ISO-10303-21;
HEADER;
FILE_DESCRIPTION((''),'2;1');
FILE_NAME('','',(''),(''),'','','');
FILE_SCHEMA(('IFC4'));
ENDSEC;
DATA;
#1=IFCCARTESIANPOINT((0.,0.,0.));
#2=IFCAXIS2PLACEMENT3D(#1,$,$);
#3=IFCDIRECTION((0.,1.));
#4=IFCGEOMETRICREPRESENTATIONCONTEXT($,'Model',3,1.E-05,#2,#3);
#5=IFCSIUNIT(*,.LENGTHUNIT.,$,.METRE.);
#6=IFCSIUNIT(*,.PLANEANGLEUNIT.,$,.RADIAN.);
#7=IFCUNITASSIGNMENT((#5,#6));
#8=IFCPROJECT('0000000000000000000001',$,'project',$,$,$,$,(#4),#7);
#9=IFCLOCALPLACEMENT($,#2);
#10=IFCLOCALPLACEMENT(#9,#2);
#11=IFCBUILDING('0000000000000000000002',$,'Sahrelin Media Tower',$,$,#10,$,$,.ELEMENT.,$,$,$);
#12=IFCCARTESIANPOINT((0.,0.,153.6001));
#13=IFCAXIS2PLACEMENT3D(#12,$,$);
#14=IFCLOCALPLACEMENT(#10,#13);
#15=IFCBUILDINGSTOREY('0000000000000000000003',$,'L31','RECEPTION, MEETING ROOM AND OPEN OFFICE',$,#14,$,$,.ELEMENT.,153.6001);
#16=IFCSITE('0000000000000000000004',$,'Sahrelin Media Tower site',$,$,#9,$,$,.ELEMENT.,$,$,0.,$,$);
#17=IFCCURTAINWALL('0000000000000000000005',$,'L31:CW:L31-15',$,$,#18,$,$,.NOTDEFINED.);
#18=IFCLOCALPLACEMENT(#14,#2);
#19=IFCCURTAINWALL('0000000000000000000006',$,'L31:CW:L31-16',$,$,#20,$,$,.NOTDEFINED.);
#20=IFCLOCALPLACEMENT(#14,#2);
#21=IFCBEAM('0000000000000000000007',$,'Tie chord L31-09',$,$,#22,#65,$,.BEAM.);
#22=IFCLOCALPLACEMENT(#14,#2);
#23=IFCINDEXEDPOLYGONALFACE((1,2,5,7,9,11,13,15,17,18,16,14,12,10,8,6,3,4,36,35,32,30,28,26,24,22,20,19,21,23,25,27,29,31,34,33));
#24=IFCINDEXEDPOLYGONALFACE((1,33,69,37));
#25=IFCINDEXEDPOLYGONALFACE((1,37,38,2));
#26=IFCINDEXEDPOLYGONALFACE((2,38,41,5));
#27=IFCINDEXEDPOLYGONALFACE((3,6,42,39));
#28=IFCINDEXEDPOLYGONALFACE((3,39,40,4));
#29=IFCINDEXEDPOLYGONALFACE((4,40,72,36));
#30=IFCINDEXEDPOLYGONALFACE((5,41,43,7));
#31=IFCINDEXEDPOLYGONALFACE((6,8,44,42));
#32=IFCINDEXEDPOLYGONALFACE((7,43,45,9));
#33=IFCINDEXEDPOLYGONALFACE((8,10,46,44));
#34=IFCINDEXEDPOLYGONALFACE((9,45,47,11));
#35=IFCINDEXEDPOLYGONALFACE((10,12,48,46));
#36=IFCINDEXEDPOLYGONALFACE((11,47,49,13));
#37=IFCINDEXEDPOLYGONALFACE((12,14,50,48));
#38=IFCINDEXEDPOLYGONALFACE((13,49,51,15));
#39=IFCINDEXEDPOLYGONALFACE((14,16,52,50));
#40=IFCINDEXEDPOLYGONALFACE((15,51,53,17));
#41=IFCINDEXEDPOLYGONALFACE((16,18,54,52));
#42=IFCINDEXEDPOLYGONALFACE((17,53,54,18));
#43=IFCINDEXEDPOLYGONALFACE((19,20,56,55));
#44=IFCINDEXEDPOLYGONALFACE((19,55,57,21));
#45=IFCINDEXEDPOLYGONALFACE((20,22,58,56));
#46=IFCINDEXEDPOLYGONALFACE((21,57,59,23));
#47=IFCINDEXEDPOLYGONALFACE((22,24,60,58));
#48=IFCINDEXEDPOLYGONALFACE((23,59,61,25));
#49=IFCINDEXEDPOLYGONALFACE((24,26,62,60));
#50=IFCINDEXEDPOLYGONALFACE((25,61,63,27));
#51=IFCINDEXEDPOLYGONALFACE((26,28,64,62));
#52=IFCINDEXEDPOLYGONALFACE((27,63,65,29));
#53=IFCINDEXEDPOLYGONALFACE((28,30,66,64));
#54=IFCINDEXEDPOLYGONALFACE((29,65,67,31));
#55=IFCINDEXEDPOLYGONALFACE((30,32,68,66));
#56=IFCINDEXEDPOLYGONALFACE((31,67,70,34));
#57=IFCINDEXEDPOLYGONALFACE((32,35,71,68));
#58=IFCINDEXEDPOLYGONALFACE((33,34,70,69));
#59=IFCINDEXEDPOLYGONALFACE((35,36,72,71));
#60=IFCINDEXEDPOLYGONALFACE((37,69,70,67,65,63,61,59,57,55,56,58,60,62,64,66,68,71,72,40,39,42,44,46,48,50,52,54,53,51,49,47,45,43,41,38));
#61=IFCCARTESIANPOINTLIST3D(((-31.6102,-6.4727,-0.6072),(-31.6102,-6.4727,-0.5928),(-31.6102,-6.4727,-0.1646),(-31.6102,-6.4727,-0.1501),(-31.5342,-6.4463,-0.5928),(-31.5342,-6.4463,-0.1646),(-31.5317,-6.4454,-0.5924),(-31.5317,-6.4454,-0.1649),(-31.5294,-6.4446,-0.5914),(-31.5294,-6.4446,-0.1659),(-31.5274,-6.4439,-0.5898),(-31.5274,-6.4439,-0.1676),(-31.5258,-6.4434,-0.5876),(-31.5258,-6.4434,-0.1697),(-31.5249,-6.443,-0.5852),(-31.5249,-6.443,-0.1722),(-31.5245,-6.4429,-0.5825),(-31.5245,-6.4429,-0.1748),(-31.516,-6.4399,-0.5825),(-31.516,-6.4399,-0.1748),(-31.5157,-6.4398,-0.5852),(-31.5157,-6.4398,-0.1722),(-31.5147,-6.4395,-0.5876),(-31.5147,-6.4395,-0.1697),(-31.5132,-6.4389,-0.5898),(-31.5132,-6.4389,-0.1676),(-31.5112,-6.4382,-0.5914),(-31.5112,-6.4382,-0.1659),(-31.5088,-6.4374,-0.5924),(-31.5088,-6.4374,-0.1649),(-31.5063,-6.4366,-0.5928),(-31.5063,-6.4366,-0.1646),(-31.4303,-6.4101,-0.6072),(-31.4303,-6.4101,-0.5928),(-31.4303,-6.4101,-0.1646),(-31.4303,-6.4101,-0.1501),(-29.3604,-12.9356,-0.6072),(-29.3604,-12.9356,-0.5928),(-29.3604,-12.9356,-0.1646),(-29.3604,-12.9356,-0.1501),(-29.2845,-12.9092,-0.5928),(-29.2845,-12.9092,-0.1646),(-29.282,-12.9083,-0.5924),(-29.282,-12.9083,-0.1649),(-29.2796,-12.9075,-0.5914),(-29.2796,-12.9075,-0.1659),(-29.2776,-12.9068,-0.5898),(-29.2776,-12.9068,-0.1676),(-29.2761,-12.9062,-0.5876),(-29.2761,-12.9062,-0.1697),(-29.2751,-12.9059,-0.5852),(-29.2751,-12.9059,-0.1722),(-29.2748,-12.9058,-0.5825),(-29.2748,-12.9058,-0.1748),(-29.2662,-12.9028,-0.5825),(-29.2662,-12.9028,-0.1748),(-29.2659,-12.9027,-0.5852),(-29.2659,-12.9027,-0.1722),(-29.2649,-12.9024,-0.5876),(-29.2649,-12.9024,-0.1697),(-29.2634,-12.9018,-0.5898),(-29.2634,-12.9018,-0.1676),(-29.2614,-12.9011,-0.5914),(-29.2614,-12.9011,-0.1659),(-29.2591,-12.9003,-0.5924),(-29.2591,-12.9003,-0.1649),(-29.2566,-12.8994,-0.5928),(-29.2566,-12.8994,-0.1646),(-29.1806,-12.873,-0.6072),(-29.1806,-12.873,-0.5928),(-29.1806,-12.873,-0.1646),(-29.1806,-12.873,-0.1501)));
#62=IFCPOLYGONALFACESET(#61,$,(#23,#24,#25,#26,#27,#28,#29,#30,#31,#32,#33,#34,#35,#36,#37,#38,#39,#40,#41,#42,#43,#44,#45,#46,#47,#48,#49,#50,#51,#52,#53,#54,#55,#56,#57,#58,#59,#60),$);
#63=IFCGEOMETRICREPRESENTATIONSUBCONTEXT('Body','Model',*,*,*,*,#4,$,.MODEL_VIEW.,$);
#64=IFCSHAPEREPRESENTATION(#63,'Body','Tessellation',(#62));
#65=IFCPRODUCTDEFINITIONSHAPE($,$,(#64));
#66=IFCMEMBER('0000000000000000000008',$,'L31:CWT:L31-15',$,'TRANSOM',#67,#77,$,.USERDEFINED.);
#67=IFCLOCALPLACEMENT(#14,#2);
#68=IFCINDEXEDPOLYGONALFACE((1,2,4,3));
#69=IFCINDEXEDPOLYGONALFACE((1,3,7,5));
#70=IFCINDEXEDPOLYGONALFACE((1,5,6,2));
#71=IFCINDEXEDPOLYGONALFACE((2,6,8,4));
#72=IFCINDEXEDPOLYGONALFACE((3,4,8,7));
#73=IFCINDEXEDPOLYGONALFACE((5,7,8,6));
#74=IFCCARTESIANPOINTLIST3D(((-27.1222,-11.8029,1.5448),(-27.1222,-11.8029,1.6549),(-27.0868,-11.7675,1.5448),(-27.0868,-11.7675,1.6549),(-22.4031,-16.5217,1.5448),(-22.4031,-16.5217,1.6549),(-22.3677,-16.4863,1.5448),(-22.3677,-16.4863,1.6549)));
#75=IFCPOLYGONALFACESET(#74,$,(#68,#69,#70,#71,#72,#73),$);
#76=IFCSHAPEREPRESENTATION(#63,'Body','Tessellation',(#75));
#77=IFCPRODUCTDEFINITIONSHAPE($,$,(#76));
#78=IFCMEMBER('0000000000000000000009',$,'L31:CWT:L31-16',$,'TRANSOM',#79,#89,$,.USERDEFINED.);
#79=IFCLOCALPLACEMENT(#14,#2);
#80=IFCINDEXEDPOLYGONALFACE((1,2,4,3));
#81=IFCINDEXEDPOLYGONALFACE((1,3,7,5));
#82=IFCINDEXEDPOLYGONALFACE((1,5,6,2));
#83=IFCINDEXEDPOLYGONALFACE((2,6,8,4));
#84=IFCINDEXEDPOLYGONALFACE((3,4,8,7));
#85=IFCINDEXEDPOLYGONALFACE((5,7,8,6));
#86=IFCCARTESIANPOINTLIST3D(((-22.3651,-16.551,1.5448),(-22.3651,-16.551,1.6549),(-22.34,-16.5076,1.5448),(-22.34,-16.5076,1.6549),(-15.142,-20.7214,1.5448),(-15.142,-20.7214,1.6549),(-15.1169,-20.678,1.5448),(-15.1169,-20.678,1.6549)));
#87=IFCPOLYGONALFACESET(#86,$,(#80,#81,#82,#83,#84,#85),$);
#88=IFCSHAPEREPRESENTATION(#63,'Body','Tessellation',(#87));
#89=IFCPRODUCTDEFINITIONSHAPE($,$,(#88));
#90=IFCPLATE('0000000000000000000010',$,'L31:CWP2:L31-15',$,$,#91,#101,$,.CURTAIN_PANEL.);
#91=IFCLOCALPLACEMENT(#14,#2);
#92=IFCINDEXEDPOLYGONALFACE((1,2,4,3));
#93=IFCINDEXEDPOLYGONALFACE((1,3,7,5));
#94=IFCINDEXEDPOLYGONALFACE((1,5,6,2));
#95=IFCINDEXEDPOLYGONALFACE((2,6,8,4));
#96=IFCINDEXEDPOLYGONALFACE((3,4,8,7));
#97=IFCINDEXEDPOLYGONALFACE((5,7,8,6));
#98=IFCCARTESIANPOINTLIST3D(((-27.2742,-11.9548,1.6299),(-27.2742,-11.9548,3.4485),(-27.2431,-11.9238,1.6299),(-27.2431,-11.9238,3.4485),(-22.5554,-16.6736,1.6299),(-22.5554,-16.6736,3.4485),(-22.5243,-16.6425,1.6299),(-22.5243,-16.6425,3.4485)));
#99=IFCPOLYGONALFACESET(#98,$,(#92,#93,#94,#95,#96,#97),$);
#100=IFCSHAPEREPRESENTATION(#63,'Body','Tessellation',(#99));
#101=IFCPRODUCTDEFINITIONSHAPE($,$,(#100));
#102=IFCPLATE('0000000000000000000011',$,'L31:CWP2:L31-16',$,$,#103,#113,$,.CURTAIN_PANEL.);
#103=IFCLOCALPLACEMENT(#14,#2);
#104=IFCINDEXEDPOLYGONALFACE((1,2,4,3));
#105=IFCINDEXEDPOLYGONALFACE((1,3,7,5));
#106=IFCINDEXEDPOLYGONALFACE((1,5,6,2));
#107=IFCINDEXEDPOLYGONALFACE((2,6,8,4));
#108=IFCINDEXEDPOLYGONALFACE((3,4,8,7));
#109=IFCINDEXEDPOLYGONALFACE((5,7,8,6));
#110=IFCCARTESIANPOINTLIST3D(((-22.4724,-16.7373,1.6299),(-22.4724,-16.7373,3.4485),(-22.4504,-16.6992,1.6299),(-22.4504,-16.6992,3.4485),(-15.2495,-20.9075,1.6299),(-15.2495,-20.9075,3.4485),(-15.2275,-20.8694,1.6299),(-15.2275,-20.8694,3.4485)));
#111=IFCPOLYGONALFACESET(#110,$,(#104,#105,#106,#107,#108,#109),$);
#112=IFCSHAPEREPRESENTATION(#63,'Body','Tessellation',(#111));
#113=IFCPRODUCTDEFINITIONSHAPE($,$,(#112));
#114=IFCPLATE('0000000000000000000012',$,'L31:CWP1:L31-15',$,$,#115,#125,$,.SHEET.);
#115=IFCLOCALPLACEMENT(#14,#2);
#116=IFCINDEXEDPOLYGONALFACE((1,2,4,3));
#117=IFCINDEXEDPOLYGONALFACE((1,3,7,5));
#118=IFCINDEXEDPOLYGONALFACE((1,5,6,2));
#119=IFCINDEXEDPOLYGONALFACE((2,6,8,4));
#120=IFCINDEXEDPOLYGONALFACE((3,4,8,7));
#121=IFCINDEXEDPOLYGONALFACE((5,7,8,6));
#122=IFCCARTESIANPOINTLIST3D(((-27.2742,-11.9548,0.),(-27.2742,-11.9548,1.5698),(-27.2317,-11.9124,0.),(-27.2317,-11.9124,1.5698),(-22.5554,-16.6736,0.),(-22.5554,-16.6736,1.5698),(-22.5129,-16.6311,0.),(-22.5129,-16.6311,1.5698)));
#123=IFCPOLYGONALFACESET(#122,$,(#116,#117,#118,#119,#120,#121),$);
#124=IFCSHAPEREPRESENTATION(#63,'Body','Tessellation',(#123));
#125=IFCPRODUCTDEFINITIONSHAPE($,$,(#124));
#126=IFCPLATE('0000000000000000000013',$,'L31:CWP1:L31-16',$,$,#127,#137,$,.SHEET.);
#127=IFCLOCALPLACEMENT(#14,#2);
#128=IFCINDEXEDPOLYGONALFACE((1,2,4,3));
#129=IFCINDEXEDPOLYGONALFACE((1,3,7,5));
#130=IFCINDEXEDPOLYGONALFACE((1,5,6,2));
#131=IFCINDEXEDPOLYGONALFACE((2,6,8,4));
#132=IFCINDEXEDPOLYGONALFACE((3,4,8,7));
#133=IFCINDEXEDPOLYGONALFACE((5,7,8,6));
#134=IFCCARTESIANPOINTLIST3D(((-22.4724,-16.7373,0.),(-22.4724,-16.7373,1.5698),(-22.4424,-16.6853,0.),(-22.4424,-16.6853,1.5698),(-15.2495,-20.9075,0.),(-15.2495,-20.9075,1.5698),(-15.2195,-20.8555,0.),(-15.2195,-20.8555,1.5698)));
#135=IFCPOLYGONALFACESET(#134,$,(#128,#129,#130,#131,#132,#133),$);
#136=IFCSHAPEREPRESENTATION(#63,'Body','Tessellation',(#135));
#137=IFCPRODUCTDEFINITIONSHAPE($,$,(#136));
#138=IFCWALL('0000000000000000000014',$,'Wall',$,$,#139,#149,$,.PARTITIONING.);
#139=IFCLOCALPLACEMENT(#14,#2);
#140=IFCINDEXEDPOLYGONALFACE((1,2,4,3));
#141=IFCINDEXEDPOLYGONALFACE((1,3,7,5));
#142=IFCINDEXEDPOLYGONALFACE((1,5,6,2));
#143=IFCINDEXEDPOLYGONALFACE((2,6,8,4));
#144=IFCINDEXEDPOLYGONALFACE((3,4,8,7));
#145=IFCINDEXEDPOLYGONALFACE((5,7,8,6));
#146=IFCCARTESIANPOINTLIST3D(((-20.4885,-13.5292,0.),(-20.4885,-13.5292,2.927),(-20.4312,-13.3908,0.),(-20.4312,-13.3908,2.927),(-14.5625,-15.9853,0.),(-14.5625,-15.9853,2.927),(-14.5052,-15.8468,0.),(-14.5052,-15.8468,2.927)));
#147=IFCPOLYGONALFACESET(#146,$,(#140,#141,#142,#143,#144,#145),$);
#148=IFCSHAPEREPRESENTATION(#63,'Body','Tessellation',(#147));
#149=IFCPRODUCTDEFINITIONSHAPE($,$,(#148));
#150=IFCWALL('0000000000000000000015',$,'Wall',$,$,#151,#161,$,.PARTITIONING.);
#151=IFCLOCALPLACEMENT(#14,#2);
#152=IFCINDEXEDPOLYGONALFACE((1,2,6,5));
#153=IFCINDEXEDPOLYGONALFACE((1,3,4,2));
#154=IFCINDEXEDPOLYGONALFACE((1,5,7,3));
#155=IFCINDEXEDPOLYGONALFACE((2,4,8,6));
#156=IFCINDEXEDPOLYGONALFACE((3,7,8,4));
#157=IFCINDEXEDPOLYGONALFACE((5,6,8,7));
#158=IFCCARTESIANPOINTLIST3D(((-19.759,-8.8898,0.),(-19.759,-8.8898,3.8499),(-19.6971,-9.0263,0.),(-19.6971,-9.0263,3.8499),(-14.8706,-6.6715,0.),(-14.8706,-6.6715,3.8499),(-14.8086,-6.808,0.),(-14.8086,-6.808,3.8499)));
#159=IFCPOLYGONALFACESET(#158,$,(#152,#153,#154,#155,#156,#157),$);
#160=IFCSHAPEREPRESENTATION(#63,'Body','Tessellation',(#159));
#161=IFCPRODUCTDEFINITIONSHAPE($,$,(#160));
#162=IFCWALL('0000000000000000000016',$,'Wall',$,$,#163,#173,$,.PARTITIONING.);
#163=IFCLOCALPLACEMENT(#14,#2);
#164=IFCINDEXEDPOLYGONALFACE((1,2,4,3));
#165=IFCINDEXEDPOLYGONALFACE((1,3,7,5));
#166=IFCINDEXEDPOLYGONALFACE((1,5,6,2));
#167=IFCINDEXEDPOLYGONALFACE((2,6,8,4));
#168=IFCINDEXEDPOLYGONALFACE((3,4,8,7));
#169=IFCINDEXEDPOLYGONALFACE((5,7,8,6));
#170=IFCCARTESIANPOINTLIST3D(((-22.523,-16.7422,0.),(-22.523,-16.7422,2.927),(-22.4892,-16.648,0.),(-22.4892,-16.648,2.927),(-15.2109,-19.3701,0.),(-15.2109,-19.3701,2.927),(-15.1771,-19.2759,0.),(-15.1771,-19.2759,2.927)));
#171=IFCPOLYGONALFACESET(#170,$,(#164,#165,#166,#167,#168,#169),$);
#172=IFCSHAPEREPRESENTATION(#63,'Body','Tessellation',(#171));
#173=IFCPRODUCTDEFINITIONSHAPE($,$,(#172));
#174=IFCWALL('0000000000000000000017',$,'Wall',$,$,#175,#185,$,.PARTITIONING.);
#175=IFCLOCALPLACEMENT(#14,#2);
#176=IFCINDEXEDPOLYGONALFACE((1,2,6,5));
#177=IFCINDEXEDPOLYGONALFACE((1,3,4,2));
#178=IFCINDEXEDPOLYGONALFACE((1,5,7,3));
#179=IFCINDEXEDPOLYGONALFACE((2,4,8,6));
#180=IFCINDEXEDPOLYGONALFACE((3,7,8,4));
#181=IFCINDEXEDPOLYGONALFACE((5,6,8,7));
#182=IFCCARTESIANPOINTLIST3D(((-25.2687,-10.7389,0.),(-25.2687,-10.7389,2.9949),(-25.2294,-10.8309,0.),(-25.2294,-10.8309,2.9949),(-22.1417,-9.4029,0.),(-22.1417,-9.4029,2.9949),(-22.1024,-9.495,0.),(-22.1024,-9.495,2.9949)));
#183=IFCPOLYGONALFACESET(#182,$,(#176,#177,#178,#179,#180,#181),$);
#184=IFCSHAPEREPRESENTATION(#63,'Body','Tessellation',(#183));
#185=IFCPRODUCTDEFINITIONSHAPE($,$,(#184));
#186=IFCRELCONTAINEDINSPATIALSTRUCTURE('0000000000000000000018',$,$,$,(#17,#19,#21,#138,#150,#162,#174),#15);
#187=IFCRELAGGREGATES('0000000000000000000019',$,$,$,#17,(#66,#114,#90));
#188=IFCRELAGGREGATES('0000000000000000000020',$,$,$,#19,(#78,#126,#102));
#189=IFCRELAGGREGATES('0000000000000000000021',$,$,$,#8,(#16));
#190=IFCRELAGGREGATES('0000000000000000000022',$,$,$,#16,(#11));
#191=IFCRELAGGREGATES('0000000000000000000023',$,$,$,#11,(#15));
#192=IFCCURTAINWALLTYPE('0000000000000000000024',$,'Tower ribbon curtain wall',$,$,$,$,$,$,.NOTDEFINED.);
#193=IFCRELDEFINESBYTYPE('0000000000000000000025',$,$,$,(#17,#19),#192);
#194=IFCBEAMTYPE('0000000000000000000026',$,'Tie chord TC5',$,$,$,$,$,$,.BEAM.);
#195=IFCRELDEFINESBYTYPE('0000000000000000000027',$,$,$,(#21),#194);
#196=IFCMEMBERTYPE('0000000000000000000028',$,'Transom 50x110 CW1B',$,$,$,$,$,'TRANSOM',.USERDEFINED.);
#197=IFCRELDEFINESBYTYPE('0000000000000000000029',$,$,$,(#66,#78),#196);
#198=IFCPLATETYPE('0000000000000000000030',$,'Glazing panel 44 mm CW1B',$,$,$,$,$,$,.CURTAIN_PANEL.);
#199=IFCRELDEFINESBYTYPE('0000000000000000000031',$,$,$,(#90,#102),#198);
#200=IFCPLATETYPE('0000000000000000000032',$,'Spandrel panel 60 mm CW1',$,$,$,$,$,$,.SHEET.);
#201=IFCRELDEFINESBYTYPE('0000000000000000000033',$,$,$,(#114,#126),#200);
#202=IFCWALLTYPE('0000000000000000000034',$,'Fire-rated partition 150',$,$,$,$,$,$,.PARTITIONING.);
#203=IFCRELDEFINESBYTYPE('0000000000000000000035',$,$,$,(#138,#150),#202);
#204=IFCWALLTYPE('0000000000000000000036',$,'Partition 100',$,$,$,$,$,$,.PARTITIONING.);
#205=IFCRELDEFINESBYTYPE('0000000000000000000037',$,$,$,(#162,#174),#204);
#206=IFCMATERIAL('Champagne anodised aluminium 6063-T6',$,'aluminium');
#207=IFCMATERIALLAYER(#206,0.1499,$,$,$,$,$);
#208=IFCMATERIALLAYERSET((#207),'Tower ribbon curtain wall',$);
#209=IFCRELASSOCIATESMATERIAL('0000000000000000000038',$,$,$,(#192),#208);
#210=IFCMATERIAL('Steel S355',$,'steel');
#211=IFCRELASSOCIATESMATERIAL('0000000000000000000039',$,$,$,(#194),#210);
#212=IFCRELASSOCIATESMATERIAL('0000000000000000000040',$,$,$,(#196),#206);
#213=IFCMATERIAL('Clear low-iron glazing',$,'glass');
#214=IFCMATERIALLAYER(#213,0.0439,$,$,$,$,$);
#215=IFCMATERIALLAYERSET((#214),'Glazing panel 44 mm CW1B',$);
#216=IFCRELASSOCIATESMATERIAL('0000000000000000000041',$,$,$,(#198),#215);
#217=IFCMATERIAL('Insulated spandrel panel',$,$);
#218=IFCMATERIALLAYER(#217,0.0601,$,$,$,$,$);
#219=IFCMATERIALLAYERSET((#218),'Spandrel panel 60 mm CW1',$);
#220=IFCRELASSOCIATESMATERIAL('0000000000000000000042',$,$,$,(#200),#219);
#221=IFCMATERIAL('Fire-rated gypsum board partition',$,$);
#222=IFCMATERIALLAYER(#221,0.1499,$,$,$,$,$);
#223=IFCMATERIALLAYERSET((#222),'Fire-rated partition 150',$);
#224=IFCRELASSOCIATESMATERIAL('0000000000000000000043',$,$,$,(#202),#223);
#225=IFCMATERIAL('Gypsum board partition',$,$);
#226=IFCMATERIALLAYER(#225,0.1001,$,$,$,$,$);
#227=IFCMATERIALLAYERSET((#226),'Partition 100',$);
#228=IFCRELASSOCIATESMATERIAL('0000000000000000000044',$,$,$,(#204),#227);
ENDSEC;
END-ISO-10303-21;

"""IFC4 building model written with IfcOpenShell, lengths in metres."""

from ifc_helpers import new_model, si_unit, direction, frame, frame_2d, origin, origin_2d, place, context, subcontext, project, spatial, polyline, rectangle, i_section, outline, extrude, material, layer, layer_set, material_profile, profile_set, type_object, element, aggregate, save


model = new_model("IFC4")

# Units and contexts
model_context = context("Model", 3, precision=1e-05, world=origin(), true_north=direction((0.0, 1.0)))
body_context = subcontext(model_context, "Body", "Model", "MODEL_VIEW")
ifc_project = project(units=[si_unit("LENGTHUNIT", "METRE"), si_unit("PLANEANGLEUNIT", "RADIAN")], contexts=[model_context])

# Site, building, storey
site_placement = place(None, origin())
site = spatial("IfcSite", under=ifc_project, at=site_placement, Name="Sahrelin Media Tower site", CompositionType="ELEMENT", RefElevation=0.0)
building_placement = place(site_placement, origin())
building = spatial("IfcBuilding", under=site, at=building_placement, Name="Sahrelin Media Tower", CompositionType="ELEMENT")
storey_placement = place(building_placement, frame((0.0, 0.0, 153.6001)))
storey = spatial("IfcBuildingStorey", under=building, at=storey_placement, Name="L31", Description="RECEPTION, MEETING ROOM AND OPEN OFFICE", CompositionType="ELEMENT", Elevation=153.6001)

# Shared definitions
ifc_material_1 = material(Name="Steel S355", Category="steel")

# Curtain walls
ifc_material_2 = material(Name="Champagne anodised aluminium 6063-T6", Category="aluminium")
ifc_layer_1 = layer(ifc_material_2, 0.1499)
ifc_layer_set_1 = layer_set([ifc_layer_1], Name="Tower ribbon curtain wall")
curtain_wall_type = type_object("IfcCurtainWallType", Name="Tower ribbon curtain wall", PredefinedType="NOTDEFINED", material=ifc_layer_set_1)
curtain_wall_1_placement = place(storey_placement, frame((-24.9006, -14.3003, 0.0), z_axis=(0.0, 0.0, 1.0), x_axis=(1.0, 0.0, 0.0)))
curtain_wall_1 = element("IfcCurtainWall", 1, at=curtain_wall_1_placement, inside=storey, type_object=curtain_wall_type, Name="L31:CW:L31-15", PredefinedType="NOTDEFINED")
curtain_wall_2_placement = place(storey_placement, frame((-18.8511, -18.8049, 0.0), z_axis=(0.0, 0.0, 1.0), x_axis=(1.0, 0.0, 0.0)))
curtain_wall_2 = element("IfcCurtainWall", 2, at=curtain_wall_2_placement, inside=storey, type_object=curtain_wall_type, Name="L31:CW:L31-16", PredefinedType="NOTDEFINED")

# Beam
ifc_material_profile_1 = material_profile(ifc_material_1, i_section(OverallWidth=0.1904, OverallDepth=0.457, WebThickness=0.009, FlangeThickness=0.0144, FilletRadius=0.0103, at=origin_2d()), Name="UB 457x191x74")
ifc_profile_set_1 = profile_set([ifc_material_profile_1], Name="Steel S355")
beam_type_1 = type_object("IfcBeamType", Name="Tie chord TC5", PredefinedType="BEAM", material=ifc_profile_set_1)
beam_1_placement = place(storey_placement, frame((-29.2705, -12.9043, -0.3787), z_axis=(-0.328754, 0.944415, 0.0), x_axis=(-0.944415, -0.328754, 0.0)))
element("IfcBeam", 3, at=beam_1_placement, inside=storey, type_object=beam_type_1, Name="Tie chord L31-09", PredefinedType="BEAM", context=body_context, shape_type="SweptSolid", body=[
    extrude(i_section(OverallWidth=0.1904, OverallDepth=0.457, WebThickness=0.009, FlangeThickness=0.0144, FilletRadius=0.0103, at=origin_2d()), origin(), (0.0, 0.0, 1.0), 6.8433),
])

# Members
ifc_material_profile_2 = material_profile(ifc_material_2, rectangle(XDim=0.05, YDim=0.1101, at=origin_2d()), Name="Transom 50x110")
ifc_profile_set_2 = profile_set([ifc_material_profile_2], Name="Champagne anodised aluminium 6063-T6")
member_type_1 = type_object("IfcMemberType", Name="Transom 50x110 CW1B", ElementType="TRANSOM", PredefinedType="USERDEFINED", material=ifc_profile_set_2)
member_1_placement = place(storey_placement, frame((-27.1045, -11.7852, 1.5999), z_axis=(0.707125, -0.707088, 0.0), x_axis=(0.707088, 0.707125, 0.0)))
member_1 = element("IfcMember", 4, at=member_1_placement, type_object=member_type_1, Name="L31:CWT:L31-15", ObjectType="TRANSOM", PredefinedType="USERDEFINED", context=body_context, shape_type="SweptSolid", body=[
    extrude(rectangle(XDim=0.05, YDim=0.1101, at=origin_2d()), origin(), (0.0, 0.0, 1.0), 6.6736),
])
member_2_placement = place(storey_placement, frame((-22.3525, -16.5293, 1.5999), z_axis=(0.866019, -0.500011, 0.0), x_axis=(0.500011, 0.866019, 0.0)))
member_2 = element("IfcMember", 5, at=member_2_placement, type_object=member_type_1, Name="L31:CWT:L31-16", ObjectType="TRANSOM", PredefinedType="USERDEFINED", context=body_context, shape_type="SweptSolid", body=[
    extrude(rectangle(XDim=0.05, YDim=0.1101, at=origin_2d()), origin(), (0.0, 0.0, 1.0), 8.3406),
])

# Plates
ifc_material_3 = material(Name="Clear low-iron glazing", Category="glass")
ifc_layer_2 = layer(ifc_material_3, 0.0439)
ifc_layer_set_2 = layer_set([ifc_layer_2], Name="Glazing panel 44 mm CW1B")
plate_type_1 = type_object("IfcPlateType", Name="Glazing panel 44 mm CW1B", PredefinedType="CURTAIN_PANEL", material=ifc_layer_set_2)
plate_1_placement = place(storey_placement, frame((-27.2742, -11.9548, 1.6299), z_axis=(-0.707107, -0.707107, 0.0), x_axis=(0.707107, -0.707107, 0.0)))
plate_1 = element("IfcPlate", 6, at=plate_1_placement, type_object=plate_type_1, Name="L31:CWP2:L31-15", PredefinedType="CURTAIN_PANEL", context=body_context, shape_type="SweptSolid", body=[
    extrude(outline(polyline([(0.0, 0.0), (6.6733, 0.0), (6.6733, 1.8186), (0.0, 1.8186), (0.0, 0.0)])), origin(), (0.0, 0.0, -1.0), 0.0439),
])
plate_2_placement = place(storey_placement, frame((-22.4724, -16.7373, 1.6299), z_axis=(-0.500002, -0.866024, 0.0), x_axis=(0.866024, -0.500002, 0.0)))
plate_2 = element("IfcPlate", 7, at=plate_2_placement, type_object=plate_type_1, Name="L31:CWP2:L31-16", PredefinedType="CURTAIN_PANEL", context=body_context, shape_type="SweptSolid", body=[
    extrude(outline(polyline([(0.0, 0.0), (8.3403, 0.0), (8.3403, 1.8186), (0.0, 1.8186), (0.0, 0.0)])), origin(), (0.0, 0.0, -1.0), 0.0439),
])
ifc_material_4 = material(Name="Insulated spandrel panel")
ifc_layer_3 = layer(ifc_material_4, 0.0601)
ifc_layer_set_3 = layer_set([ifc_layer_3], Name="Spandrel panel 60 mm CW1")
plate_type_2 = type_object("IfcPlateType", Name="Spandrel panel 60 mm CW1", PredefinedType="SHEET", material=ifc_layer_set_3)
plate_3_placement = place(storey_placement, frame((-27.2742, -11.9548, 0.0), z_axis=(-0.707107, -0.707107, 0.0), x_axis=(0.707107, -0.707107, 0.0)))
plate_3 = element("IfcPlate", 8, at=plate_3_placement, type_object=plate_type_2, Name="L31:CWP1:L31-15", PredefinedType="SHEET", context=body_context, shape_type="SweptSolid", body=[
    extrude(outline(polyline([(0.0, 0.0), (6.6733, 0.0), (6.6733, 1.5698), (0.0, 1.5698), (0.0, 0.0)])), origin(), (0.0, 0.0, -1.0), 0.0601),
])
aggregate(curtain_wall_1, [member_1, plate_3, plate_1])
plate_4_placement = place(storey_placement, frame((-22.4724, -16.7373, 0.0), z_axis=(-0.500002, -0.866024, 0.0), x_axis=(0.866024, -0.500002, 0.0)))
plate_4 = element("IfcPlate", 9, at=plate_4_placement, type_object=plate_type_2, Name="L31:CWP1:L31-16", PredefinedType="SHEET", context=body_context, shape_type="SweptSolid", body=[
    extrude(outline(polyline([(0.0, 0.0), (8.3403, 0.0), (8.3403, 1.5698), (0.0, 1.5698), (0.0, 0.0)])), origin(), (0.0, 0.0, -1.0), 0.0601),
])
aggregate(curtain_wall_2, [member_2, plate_4, plate_2])

# Walls
ifc_material_5 = material(Name="Fire-rated gypsum board partition")
ifc_layer_4 = layer(ifc_material_5, 0.1499)
ifc_layer_set_4 = layer_set([ifc_layer_4], Name="Fire-rated partition 150")
wall_type_1 = type_object("IfcWallType", Name="Fire-rated partition 150", PredefinedType="PARTITIONING", material=ifc_layer_set_4)
wall_1_placement = place(storey_placement, frame((-20.46, -13.46, 0.0), z_axis=(0.0, 0.0, 1.0), x_axis=(0.923802, -0.382872, 0.0)))
element("IfcWall", 10, at=wall_1_placement, inside=storey, type_object=wall_type_1, Name="Wall", PredefinedType="PARTITIONING", context=body_context, shape_type="SweptSolid", body=[
    extrude(rectangle(XDim=6.4148, YDim=0.1499, at=frame_2d((3.2075, 0.0))), origin(), (0.0, 0.0, 1.0), 2.927),
])
wall_2_placement = place(storey_placement, frame((-19.728, -8.958, 0.0), z_axis=(0.0, 0.0, 1.0), x_axis=(0.91063, 0.413224, 0.0)))
element("IfcWall", 11, at=wall_2_placement, inside=storey, type_object=wall_type_1, Name="Wall", PredefinedType="PARTITIONING", context=body_context, shape_type="SweptSolid", body=[
    extrude(rectangle(XDim=5.3682, YDim=0.1499, at=frame_2d((2.6841, 0.0))), origin(), (0.0, 0.0, 1.0), 3.8499),
])
ifc_material_6 = material(Name="Gypsum board partition")
ifc_layer_5 = layer(ifc_material_6, 0.1001)
ifc_layer_set_5 = layer_set([ifc_layer_5], Name="Partition 100")
wall_type_2 = type_object("IfcWallType", Name="Partition 100", PredefinedType="PARTITIONING", material=ifc_layer_set_5)
wall_3_placement = place(storey_placement, frame((-22.5061, -16.6951, 0.0), z_axis=(0.0, 0.0, 1.0), x_axis=(0.941068, -0.338219, 0.0)))
element("IfcWall", 12, at=wall_3_placement, inside=storey, type_object=wall_type_2, Name="Wall", PredefinedType="PARTITIONING", context=body_context, shape_type="SweptSolid", body=[
    extrude(rectangle(XDim=7.77, YDim=0.1001, at=frame_2d((3.885, 0.0))), origin(), (0.0, 0.0, 1.0), 2.927),
])
wall_4_placement = place(storey_placement, frame((-25.249, -10.7849, 0.0), z_axis=(0.0, 0.0, 1.0), x_axis=(0.91959, 0.392879, 0.0)))
element("IfcWall", 13, at=wall_4_placement, inside=storey, type_object=wall_type_2, Name="Wall", PredefinedType="PARTITIONING", context=body_context, shape_type="SweptSolid", body=[
    extrude(rectangle(XDim=3.4004, YDim=0.1001, at=frame_2d((1.7002, 0.0))), origin(), (0.0, 0.0, 1.0), 2.9949),
])

save(model, "model.ifc")
